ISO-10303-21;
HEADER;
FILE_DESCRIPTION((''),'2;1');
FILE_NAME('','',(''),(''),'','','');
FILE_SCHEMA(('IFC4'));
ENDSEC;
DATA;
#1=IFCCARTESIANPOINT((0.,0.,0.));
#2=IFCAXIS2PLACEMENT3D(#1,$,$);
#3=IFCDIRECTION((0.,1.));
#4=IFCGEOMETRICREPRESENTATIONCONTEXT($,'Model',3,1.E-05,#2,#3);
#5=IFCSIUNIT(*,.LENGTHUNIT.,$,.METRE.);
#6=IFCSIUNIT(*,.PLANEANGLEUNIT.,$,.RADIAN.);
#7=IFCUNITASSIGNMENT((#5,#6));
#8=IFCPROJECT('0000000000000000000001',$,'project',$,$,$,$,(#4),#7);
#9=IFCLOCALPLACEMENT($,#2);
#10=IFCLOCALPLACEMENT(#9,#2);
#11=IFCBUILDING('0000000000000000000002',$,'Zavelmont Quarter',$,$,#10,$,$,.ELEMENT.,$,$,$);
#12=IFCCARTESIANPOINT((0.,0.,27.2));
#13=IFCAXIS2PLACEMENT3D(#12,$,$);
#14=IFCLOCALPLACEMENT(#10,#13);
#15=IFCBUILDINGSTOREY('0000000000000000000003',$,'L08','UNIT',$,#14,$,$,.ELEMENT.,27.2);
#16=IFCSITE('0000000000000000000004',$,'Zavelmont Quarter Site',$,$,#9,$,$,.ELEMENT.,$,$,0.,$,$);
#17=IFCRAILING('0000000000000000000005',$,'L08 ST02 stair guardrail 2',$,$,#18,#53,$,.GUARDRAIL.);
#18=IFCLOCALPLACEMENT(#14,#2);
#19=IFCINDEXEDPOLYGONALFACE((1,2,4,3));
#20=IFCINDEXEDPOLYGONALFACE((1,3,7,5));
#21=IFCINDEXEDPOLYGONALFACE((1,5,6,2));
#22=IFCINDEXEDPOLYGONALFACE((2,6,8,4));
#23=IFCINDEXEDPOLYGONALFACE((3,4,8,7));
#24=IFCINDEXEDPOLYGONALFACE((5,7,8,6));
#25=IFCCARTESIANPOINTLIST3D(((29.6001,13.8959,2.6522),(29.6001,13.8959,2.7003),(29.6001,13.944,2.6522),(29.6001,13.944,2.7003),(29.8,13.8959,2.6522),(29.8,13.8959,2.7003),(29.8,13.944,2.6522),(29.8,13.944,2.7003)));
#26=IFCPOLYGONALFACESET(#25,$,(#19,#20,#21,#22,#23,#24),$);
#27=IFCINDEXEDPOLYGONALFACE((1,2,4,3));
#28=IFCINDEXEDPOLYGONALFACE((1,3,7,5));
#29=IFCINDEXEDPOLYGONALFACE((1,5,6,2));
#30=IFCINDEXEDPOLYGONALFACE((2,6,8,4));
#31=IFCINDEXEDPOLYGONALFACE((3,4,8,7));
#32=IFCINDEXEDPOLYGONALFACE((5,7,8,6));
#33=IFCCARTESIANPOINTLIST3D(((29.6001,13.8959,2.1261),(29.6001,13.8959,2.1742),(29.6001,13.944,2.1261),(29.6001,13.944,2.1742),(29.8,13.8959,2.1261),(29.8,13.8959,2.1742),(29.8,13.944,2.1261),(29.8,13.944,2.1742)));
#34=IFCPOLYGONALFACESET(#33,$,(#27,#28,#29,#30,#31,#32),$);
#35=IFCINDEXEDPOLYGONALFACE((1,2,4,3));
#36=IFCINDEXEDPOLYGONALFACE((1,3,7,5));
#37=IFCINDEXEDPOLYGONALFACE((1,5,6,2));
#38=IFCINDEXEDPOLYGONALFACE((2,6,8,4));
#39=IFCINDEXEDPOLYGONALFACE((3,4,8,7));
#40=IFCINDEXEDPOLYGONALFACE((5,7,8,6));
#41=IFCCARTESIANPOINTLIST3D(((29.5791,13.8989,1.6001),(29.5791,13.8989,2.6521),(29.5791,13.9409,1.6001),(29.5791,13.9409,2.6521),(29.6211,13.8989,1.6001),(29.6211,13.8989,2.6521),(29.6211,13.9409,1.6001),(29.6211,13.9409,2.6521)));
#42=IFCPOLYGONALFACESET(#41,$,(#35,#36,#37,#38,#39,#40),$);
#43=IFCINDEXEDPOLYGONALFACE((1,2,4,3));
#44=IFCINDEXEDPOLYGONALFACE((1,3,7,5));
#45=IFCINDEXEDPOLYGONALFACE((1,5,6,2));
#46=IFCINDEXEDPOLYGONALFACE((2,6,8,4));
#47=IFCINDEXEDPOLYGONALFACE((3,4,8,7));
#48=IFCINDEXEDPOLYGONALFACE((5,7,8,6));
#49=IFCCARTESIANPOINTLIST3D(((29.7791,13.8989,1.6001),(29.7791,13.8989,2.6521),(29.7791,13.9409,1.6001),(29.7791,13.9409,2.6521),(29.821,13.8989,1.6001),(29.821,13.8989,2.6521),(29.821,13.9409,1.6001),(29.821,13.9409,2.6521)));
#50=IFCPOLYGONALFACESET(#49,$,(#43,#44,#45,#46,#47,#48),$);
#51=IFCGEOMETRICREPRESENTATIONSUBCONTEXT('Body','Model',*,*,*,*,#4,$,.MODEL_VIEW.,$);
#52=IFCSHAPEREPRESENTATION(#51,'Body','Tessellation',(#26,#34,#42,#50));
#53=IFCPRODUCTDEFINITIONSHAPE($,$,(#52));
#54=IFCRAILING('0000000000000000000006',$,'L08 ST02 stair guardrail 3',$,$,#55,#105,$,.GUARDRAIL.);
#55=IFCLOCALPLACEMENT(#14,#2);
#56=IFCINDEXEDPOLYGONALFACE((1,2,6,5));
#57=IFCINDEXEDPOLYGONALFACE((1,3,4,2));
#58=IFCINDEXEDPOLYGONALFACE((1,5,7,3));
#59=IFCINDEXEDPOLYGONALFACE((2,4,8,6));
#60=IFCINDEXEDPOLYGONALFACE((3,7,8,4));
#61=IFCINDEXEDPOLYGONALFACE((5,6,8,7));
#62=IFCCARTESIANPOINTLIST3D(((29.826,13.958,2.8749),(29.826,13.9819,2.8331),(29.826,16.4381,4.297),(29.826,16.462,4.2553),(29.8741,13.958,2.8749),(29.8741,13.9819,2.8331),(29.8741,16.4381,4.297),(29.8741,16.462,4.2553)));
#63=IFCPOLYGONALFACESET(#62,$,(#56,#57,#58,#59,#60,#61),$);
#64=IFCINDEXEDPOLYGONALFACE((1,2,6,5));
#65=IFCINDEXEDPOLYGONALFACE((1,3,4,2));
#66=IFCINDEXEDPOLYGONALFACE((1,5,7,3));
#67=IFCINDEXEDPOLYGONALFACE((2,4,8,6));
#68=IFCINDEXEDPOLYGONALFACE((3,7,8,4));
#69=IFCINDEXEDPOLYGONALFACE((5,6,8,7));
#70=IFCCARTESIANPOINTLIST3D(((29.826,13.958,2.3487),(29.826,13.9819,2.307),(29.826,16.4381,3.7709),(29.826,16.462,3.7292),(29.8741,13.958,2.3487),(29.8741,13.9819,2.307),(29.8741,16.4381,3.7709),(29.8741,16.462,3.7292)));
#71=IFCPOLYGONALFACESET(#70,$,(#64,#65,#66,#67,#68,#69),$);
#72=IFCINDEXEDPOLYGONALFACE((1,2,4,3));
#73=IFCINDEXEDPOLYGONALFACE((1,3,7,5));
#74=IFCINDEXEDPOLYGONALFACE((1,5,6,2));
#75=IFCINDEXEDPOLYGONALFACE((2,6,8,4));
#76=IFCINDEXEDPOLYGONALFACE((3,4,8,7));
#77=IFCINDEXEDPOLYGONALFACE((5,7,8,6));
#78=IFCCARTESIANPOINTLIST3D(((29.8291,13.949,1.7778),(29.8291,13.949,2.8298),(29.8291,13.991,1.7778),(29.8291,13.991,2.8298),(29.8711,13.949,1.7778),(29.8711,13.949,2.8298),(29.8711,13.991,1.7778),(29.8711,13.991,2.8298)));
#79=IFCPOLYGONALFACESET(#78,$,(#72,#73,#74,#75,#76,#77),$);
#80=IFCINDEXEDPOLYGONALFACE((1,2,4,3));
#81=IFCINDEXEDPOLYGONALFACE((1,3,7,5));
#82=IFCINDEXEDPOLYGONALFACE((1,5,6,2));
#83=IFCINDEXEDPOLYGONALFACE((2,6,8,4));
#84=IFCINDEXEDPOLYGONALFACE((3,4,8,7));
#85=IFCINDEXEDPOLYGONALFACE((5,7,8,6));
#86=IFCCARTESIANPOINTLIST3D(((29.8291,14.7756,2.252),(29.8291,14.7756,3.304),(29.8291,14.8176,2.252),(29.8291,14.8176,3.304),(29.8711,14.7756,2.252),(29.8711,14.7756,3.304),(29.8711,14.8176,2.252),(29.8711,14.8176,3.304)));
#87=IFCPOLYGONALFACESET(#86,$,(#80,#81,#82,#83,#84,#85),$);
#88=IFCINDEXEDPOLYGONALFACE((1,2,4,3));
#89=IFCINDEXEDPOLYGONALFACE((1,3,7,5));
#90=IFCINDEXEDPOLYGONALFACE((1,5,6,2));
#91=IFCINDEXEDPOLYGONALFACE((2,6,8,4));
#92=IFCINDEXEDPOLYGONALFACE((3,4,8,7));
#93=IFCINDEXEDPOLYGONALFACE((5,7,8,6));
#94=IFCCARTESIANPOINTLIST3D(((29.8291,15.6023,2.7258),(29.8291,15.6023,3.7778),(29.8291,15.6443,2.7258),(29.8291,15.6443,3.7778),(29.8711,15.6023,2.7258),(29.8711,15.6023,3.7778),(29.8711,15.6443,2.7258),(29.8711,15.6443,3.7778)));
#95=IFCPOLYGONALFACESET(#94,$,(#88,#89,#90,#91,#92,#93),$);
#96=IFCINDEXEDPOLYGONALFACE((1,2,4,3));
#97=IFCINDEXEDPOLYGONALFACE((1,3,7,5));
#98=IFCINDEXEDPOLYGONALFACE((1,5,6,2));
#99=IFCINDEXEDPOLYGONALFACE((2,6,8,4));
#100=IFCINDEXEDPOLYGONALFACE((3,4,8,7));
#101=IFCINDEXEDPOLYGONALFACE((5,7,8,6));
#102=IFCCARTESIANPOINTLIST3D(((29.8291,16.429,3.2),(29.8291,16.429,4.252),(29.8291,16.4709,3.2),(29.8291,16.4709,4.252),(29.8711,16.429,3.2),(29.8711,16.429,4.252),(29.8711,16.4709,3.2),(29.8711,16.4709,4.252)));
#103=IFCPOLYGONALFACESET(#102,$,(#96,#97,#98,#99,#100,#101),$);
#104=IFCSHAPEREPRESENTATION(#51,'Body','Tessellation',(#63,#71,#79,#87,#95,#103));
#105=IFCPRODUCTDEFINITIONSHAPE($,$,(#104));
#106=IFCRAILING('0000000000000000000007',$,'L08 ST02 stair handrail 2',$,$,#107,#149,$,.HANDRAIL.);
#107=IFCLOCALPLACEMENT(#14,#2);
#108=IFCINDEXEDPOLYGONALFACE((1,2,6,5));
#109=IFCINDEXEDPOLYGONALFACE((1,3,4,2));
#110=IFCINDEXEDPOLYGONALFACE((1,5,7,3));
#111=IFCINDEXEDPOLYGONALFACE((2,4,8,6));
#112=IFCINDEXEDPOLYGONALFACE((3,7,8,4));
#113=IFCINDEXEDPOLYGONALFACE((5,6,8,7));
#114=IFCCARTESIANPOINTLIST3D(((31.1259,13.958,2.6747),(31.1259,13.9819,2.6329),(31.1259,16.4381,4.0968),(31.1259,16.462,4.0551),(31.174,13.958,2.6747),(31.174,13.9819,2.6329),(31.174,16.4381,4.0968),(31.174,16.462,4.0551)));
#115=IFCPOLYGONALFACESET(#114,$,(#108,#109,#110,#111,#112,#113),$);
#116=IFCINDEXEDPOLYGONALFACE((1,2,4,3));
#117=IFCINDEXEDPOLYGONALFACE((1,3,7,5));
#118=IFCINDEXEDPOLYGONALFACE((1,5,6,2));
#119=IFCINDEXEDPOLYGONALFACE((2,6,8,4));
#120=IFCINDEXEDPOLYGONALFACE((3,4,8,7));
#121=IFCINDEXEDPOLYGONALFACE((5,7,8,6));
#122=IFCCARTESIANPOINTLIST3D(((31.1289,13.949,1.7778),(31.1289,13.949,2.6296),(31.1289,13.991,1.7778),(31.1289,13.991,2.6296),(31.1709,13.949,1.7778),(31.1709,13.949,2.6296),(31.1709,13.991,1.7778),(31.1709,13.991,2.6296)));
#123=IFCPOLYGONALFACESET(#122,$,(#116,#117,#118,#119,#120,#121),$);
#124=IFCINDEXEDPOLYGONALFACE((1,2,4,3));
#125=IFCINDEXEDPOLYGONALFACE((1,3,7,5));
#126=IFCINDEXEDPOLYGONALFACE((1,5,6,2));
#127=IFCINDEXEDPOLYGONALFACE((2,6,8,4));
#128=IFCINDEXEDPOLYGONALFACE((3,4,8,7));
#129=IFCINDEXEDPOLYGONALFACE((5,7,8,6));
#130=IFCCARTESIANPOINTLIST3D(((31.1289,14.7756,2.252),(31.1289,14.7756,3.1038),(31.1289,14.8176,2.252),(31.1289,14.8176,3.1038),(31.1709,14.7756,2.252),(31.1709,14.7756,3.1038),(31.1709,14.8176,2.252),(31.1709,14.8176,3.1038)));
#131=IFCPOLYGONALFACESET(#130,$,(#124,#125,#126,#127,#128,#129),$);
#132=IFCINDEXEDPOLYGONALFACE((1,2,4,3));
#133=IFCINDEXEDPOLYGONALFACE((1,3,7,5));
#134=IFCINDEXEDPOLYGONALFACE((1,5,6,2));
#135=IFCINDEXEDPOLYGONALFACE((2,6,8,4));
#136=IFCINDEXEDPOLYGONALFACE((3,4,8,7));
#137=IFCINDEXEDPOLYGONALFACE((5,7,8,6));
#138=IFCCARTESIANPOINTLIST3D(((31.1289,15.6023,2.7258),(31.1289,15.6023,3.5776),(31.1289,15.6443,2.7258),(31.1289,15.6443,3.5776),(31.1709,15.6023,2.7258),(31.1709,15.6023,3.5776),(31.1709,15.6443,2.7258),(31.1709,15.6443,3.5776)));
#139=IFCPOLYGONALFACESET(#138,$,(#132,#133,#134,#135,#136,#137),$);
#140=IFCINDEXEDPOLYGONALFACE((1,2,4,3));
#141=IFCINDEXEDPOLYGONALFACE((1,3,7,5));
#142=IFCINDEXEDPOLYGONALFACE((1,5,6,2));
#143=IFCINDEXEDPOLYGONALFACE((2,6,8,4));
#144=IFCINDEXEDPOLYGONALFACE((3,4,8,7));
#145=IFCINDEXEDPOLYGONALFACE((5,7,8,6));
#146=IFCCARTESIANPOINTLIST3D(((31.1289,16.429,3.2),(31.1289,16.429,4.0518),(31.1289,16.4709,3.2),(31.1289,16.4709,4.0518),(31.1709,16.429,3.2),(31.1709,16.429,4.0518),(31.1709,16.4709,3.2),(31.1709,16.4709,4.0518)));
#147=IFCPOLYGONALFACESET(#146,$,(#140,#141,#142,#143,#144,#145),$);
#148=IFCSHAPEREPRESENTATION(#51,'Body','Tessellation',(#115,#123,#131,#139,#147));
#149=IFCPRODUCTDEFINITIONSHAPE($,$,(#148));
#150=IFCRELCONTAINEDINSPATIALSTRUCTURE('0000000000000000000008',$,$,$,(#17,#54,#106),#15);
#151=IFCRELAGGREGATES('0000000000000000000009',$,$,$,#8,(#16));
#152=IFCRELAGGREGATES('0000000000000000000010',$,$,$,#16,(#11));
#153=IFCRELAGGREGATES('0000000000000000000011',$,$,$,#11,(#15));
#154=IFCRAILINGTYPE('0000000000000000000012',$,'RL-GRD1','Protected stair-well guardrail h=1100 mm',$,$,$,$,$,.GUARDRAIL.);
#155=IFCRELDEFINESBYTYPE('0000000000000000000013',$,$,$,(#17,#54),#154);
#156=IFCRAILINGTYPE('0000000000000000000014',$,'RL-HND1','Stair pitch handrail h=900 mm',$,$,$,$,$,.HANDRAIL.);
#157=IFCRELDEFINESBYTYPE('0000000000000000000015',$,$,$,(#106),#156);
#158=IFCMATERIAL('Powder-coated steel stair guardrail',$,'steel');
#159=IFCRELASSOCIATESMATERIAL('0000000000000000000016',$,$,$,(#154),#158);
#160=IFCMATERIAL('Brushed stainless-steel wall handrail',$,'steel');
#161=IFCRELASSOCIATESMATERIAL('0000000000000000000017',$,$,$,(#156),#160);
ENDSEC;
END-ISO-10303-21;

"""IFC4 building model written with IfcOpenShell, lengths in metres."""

from ifc_helpers import new_model, si_unit, direction, frame, origin, origin_2d, place, context, subcontext, project, spatial, rectangle, extrude, material, type_object, element, save


model = new_model("IFC4")

# Units and contexts
model_context = context("Model", 3, precision=1e-05, world=origin(), true_north=direction((0.0, 1.0)))
body_context = subcontext(model_context, "Body", "Model", "MODEL_VIEW")
ifc_project = project(units=[si_unit("LENGTHUNIT", "METRE"), si_unit("PLANEANGLEUNIT", "RADIAN")], contexts=[model_context])

# Site, building, storey
site_placement = place(None, origin())
site = spatial("IfcSite", under=ifc_project, at=site_placement, Name="Zavelmont Quarter Site", CompositionType="ELEMENT", RefElevation=0.0)
building_placement = place(site_placement, origin())
building = spatial("IfcBuilding", under=site, at=building_placement, Name="Zavelmont Quarter", CompositionType="ELEMENT")
storey_placement = place(building_placement, frame((0.0, 0.0, 27.2)))
storey = spatial("IfcBuildingStorey", under=building, at=storey_placement, Name="L08", Description="UNIT", CompositionType="ELEMENT", Elevation=27.2)

# Railings
ifc_material_1 = material(Name="Powder-coated steel stair guardrail", Category="steel")
railing_type_1 = type_object("IfcRailingType", Name="RL-GRD1", Description="Protected stair-well guardrail h=1100 mm", PredefinedType="GUARDRAIL", material=ifc_material_1)
railing_1_placement = place(storey_placement, frame((29.6001, 13.9199, 1.6001)))
element("IfcRailing", 1, at=railing_1_placement, inside=storey, type_object=railing_type_1, Name="L08 ST02 stair guardrail 2", PredefinedType="GUARDRAIL", context=body_context, shape_type="SweptSolid", body=[
    extrude(rectangle(XDim=0.0481, YDim=0.0481, at=origin_2d()), frame((0.0, 0.0, 1.0762), z_axis=(1.0, 0.0, 0.0), x_axis=(0.0, 1.0, 0.0)), (0.0, 0.0, 1.0), 0.2),
    extrude(rectangle(XDim=0.0481, YDim=0.0481, at=origin_2d()), frame((0.0, 0.0, 0.55), z_axis=(1.0, 0.0, 0.0), x_axis=(0.0, 1.0, 0.0)), (0.0, 0.0, 1.0), 0.2),
    extrude(rectangle(XDim=0.042, YDim=0.042, at=origin_2d()), origin(), (0.0, 0.0, 1.0), 1.052),
    extrude(rectangle(XDim=0.042, YDim=0.042, at=origin_2d()), frame((0.2, 0.0, 0.0)), (0.0, 0.0, 1.0), 1.052),
])
railing_2_placement = place(storey_placement, frame((29.8501, 13.97, 1.7778)))
element("IfcRailing", 2, at=railing_2_placement, inside=storey, type_object=railing_type_1, Name="L08 ST02 stair guardrail 3", PredefinedType="GUARDRAIL", context=body_context, shape_type="SweptSolid", body=[
    extrude(rectangle(XDim=0.0481, YDim=0.0481, at=origin_2d()), frame((0.0, 0.0, 1.0762), z_axis=(0.0, 0.867491, 0.497454), x_axis=(-1.0, 0.0, 0.0)), (0.0, 0.0, 1.0), 2.8589),
    extrude(rectangle(XDim=0.0481, YDim=0.0481, at=origin_2d()), frame((0.0, 0.0, 0.55), z_axis=(0.0, 0.867491, 0.497454), x_axis=(-1.0, 0.0, 0.0)), (0.0, 0.0, 1.0), 2.8589),
    extrude(rectangle(XDim=0.042, YDim=0.042, at=origin_2d()), origin(), (0.0, 0.0, 1.0), 1.052),
    extrude(rectangle(XDim=0.042, YDim=0.042, at=origin_2d()), frame((0.0, 0.8267, 0.4741)), (0.0, 0.0, 1.0), 1.052),
    extrude(rectangle(XDim=0.042, YDim=0.042, at=origin_2d()), frame((0.0, 1.6533, 0.948)), (0.0, 0.0, 1.0), 1.052),
    extrude(rectangle(XDim=0.042, YDim=0.042, at=origin_2d()), frame((0.0, 2.48, 1.4221)), (0.0, 0.0, 1.0), 1.052),
])
ifc_material_2 = material(Name="Brushed stainless-steel wall handrail", Category="steel")
railing_type_2 = type_object("IfcRailingType", Name="RL-HND1", Description="Stair pitch handrail h=900 mm", PredefinedType="HANDRAIL", material=ifc_material_2)
railing_3_placement = place(storey_placement, frame((31.1499, 13.97, 1.7778)))
element("IfcRailing", 3, at=railing_3_placement, inside=storey, type_object=railing_type_2, Name="L08 ST02 stair handrail 2", PredefinedType="HANDRAIL", context=body_context, shape_type="SweptSolid", body=[
    extrude(rectangle(XDim=0.0481, YDim=0.0481, at=origin_2d()), frame((0.0, 0.0, 0.876), z_axis=(0.0, 0.867491, 0.497454), x_axis=(-1.0, 0.0, 0.0)), (0.0, 0.0, 1.0), 2.8589),
    extrude(rectangle(XDim=0.042, YDim=0.042, at=origin_2d()), origin(), (0.0, 0.0, 1.0), 0.8518),
    extrude(rectangle(XDim=0.042, YDim=0.042, at=origin_2d()), frame((0.0, 0.8267, 0.4741)), (0.0, 0.0, 1.0), 0.8518),
    extrude(rectangle(XDim=0.042, YDim=0.042, at=origin_2d()), frame((0.0, 1.6533, 0.948)), (0.0, 0.0, 1.0), 0.8518),
    extrude(rectangle(XDim=0.042, YDim=0.042, at=origin_2d()), frame((0.0, 2.48, 1.4221)), (0.0, 0.0, 1.0), 0.8518),
])

save(model, "model.ifc")
